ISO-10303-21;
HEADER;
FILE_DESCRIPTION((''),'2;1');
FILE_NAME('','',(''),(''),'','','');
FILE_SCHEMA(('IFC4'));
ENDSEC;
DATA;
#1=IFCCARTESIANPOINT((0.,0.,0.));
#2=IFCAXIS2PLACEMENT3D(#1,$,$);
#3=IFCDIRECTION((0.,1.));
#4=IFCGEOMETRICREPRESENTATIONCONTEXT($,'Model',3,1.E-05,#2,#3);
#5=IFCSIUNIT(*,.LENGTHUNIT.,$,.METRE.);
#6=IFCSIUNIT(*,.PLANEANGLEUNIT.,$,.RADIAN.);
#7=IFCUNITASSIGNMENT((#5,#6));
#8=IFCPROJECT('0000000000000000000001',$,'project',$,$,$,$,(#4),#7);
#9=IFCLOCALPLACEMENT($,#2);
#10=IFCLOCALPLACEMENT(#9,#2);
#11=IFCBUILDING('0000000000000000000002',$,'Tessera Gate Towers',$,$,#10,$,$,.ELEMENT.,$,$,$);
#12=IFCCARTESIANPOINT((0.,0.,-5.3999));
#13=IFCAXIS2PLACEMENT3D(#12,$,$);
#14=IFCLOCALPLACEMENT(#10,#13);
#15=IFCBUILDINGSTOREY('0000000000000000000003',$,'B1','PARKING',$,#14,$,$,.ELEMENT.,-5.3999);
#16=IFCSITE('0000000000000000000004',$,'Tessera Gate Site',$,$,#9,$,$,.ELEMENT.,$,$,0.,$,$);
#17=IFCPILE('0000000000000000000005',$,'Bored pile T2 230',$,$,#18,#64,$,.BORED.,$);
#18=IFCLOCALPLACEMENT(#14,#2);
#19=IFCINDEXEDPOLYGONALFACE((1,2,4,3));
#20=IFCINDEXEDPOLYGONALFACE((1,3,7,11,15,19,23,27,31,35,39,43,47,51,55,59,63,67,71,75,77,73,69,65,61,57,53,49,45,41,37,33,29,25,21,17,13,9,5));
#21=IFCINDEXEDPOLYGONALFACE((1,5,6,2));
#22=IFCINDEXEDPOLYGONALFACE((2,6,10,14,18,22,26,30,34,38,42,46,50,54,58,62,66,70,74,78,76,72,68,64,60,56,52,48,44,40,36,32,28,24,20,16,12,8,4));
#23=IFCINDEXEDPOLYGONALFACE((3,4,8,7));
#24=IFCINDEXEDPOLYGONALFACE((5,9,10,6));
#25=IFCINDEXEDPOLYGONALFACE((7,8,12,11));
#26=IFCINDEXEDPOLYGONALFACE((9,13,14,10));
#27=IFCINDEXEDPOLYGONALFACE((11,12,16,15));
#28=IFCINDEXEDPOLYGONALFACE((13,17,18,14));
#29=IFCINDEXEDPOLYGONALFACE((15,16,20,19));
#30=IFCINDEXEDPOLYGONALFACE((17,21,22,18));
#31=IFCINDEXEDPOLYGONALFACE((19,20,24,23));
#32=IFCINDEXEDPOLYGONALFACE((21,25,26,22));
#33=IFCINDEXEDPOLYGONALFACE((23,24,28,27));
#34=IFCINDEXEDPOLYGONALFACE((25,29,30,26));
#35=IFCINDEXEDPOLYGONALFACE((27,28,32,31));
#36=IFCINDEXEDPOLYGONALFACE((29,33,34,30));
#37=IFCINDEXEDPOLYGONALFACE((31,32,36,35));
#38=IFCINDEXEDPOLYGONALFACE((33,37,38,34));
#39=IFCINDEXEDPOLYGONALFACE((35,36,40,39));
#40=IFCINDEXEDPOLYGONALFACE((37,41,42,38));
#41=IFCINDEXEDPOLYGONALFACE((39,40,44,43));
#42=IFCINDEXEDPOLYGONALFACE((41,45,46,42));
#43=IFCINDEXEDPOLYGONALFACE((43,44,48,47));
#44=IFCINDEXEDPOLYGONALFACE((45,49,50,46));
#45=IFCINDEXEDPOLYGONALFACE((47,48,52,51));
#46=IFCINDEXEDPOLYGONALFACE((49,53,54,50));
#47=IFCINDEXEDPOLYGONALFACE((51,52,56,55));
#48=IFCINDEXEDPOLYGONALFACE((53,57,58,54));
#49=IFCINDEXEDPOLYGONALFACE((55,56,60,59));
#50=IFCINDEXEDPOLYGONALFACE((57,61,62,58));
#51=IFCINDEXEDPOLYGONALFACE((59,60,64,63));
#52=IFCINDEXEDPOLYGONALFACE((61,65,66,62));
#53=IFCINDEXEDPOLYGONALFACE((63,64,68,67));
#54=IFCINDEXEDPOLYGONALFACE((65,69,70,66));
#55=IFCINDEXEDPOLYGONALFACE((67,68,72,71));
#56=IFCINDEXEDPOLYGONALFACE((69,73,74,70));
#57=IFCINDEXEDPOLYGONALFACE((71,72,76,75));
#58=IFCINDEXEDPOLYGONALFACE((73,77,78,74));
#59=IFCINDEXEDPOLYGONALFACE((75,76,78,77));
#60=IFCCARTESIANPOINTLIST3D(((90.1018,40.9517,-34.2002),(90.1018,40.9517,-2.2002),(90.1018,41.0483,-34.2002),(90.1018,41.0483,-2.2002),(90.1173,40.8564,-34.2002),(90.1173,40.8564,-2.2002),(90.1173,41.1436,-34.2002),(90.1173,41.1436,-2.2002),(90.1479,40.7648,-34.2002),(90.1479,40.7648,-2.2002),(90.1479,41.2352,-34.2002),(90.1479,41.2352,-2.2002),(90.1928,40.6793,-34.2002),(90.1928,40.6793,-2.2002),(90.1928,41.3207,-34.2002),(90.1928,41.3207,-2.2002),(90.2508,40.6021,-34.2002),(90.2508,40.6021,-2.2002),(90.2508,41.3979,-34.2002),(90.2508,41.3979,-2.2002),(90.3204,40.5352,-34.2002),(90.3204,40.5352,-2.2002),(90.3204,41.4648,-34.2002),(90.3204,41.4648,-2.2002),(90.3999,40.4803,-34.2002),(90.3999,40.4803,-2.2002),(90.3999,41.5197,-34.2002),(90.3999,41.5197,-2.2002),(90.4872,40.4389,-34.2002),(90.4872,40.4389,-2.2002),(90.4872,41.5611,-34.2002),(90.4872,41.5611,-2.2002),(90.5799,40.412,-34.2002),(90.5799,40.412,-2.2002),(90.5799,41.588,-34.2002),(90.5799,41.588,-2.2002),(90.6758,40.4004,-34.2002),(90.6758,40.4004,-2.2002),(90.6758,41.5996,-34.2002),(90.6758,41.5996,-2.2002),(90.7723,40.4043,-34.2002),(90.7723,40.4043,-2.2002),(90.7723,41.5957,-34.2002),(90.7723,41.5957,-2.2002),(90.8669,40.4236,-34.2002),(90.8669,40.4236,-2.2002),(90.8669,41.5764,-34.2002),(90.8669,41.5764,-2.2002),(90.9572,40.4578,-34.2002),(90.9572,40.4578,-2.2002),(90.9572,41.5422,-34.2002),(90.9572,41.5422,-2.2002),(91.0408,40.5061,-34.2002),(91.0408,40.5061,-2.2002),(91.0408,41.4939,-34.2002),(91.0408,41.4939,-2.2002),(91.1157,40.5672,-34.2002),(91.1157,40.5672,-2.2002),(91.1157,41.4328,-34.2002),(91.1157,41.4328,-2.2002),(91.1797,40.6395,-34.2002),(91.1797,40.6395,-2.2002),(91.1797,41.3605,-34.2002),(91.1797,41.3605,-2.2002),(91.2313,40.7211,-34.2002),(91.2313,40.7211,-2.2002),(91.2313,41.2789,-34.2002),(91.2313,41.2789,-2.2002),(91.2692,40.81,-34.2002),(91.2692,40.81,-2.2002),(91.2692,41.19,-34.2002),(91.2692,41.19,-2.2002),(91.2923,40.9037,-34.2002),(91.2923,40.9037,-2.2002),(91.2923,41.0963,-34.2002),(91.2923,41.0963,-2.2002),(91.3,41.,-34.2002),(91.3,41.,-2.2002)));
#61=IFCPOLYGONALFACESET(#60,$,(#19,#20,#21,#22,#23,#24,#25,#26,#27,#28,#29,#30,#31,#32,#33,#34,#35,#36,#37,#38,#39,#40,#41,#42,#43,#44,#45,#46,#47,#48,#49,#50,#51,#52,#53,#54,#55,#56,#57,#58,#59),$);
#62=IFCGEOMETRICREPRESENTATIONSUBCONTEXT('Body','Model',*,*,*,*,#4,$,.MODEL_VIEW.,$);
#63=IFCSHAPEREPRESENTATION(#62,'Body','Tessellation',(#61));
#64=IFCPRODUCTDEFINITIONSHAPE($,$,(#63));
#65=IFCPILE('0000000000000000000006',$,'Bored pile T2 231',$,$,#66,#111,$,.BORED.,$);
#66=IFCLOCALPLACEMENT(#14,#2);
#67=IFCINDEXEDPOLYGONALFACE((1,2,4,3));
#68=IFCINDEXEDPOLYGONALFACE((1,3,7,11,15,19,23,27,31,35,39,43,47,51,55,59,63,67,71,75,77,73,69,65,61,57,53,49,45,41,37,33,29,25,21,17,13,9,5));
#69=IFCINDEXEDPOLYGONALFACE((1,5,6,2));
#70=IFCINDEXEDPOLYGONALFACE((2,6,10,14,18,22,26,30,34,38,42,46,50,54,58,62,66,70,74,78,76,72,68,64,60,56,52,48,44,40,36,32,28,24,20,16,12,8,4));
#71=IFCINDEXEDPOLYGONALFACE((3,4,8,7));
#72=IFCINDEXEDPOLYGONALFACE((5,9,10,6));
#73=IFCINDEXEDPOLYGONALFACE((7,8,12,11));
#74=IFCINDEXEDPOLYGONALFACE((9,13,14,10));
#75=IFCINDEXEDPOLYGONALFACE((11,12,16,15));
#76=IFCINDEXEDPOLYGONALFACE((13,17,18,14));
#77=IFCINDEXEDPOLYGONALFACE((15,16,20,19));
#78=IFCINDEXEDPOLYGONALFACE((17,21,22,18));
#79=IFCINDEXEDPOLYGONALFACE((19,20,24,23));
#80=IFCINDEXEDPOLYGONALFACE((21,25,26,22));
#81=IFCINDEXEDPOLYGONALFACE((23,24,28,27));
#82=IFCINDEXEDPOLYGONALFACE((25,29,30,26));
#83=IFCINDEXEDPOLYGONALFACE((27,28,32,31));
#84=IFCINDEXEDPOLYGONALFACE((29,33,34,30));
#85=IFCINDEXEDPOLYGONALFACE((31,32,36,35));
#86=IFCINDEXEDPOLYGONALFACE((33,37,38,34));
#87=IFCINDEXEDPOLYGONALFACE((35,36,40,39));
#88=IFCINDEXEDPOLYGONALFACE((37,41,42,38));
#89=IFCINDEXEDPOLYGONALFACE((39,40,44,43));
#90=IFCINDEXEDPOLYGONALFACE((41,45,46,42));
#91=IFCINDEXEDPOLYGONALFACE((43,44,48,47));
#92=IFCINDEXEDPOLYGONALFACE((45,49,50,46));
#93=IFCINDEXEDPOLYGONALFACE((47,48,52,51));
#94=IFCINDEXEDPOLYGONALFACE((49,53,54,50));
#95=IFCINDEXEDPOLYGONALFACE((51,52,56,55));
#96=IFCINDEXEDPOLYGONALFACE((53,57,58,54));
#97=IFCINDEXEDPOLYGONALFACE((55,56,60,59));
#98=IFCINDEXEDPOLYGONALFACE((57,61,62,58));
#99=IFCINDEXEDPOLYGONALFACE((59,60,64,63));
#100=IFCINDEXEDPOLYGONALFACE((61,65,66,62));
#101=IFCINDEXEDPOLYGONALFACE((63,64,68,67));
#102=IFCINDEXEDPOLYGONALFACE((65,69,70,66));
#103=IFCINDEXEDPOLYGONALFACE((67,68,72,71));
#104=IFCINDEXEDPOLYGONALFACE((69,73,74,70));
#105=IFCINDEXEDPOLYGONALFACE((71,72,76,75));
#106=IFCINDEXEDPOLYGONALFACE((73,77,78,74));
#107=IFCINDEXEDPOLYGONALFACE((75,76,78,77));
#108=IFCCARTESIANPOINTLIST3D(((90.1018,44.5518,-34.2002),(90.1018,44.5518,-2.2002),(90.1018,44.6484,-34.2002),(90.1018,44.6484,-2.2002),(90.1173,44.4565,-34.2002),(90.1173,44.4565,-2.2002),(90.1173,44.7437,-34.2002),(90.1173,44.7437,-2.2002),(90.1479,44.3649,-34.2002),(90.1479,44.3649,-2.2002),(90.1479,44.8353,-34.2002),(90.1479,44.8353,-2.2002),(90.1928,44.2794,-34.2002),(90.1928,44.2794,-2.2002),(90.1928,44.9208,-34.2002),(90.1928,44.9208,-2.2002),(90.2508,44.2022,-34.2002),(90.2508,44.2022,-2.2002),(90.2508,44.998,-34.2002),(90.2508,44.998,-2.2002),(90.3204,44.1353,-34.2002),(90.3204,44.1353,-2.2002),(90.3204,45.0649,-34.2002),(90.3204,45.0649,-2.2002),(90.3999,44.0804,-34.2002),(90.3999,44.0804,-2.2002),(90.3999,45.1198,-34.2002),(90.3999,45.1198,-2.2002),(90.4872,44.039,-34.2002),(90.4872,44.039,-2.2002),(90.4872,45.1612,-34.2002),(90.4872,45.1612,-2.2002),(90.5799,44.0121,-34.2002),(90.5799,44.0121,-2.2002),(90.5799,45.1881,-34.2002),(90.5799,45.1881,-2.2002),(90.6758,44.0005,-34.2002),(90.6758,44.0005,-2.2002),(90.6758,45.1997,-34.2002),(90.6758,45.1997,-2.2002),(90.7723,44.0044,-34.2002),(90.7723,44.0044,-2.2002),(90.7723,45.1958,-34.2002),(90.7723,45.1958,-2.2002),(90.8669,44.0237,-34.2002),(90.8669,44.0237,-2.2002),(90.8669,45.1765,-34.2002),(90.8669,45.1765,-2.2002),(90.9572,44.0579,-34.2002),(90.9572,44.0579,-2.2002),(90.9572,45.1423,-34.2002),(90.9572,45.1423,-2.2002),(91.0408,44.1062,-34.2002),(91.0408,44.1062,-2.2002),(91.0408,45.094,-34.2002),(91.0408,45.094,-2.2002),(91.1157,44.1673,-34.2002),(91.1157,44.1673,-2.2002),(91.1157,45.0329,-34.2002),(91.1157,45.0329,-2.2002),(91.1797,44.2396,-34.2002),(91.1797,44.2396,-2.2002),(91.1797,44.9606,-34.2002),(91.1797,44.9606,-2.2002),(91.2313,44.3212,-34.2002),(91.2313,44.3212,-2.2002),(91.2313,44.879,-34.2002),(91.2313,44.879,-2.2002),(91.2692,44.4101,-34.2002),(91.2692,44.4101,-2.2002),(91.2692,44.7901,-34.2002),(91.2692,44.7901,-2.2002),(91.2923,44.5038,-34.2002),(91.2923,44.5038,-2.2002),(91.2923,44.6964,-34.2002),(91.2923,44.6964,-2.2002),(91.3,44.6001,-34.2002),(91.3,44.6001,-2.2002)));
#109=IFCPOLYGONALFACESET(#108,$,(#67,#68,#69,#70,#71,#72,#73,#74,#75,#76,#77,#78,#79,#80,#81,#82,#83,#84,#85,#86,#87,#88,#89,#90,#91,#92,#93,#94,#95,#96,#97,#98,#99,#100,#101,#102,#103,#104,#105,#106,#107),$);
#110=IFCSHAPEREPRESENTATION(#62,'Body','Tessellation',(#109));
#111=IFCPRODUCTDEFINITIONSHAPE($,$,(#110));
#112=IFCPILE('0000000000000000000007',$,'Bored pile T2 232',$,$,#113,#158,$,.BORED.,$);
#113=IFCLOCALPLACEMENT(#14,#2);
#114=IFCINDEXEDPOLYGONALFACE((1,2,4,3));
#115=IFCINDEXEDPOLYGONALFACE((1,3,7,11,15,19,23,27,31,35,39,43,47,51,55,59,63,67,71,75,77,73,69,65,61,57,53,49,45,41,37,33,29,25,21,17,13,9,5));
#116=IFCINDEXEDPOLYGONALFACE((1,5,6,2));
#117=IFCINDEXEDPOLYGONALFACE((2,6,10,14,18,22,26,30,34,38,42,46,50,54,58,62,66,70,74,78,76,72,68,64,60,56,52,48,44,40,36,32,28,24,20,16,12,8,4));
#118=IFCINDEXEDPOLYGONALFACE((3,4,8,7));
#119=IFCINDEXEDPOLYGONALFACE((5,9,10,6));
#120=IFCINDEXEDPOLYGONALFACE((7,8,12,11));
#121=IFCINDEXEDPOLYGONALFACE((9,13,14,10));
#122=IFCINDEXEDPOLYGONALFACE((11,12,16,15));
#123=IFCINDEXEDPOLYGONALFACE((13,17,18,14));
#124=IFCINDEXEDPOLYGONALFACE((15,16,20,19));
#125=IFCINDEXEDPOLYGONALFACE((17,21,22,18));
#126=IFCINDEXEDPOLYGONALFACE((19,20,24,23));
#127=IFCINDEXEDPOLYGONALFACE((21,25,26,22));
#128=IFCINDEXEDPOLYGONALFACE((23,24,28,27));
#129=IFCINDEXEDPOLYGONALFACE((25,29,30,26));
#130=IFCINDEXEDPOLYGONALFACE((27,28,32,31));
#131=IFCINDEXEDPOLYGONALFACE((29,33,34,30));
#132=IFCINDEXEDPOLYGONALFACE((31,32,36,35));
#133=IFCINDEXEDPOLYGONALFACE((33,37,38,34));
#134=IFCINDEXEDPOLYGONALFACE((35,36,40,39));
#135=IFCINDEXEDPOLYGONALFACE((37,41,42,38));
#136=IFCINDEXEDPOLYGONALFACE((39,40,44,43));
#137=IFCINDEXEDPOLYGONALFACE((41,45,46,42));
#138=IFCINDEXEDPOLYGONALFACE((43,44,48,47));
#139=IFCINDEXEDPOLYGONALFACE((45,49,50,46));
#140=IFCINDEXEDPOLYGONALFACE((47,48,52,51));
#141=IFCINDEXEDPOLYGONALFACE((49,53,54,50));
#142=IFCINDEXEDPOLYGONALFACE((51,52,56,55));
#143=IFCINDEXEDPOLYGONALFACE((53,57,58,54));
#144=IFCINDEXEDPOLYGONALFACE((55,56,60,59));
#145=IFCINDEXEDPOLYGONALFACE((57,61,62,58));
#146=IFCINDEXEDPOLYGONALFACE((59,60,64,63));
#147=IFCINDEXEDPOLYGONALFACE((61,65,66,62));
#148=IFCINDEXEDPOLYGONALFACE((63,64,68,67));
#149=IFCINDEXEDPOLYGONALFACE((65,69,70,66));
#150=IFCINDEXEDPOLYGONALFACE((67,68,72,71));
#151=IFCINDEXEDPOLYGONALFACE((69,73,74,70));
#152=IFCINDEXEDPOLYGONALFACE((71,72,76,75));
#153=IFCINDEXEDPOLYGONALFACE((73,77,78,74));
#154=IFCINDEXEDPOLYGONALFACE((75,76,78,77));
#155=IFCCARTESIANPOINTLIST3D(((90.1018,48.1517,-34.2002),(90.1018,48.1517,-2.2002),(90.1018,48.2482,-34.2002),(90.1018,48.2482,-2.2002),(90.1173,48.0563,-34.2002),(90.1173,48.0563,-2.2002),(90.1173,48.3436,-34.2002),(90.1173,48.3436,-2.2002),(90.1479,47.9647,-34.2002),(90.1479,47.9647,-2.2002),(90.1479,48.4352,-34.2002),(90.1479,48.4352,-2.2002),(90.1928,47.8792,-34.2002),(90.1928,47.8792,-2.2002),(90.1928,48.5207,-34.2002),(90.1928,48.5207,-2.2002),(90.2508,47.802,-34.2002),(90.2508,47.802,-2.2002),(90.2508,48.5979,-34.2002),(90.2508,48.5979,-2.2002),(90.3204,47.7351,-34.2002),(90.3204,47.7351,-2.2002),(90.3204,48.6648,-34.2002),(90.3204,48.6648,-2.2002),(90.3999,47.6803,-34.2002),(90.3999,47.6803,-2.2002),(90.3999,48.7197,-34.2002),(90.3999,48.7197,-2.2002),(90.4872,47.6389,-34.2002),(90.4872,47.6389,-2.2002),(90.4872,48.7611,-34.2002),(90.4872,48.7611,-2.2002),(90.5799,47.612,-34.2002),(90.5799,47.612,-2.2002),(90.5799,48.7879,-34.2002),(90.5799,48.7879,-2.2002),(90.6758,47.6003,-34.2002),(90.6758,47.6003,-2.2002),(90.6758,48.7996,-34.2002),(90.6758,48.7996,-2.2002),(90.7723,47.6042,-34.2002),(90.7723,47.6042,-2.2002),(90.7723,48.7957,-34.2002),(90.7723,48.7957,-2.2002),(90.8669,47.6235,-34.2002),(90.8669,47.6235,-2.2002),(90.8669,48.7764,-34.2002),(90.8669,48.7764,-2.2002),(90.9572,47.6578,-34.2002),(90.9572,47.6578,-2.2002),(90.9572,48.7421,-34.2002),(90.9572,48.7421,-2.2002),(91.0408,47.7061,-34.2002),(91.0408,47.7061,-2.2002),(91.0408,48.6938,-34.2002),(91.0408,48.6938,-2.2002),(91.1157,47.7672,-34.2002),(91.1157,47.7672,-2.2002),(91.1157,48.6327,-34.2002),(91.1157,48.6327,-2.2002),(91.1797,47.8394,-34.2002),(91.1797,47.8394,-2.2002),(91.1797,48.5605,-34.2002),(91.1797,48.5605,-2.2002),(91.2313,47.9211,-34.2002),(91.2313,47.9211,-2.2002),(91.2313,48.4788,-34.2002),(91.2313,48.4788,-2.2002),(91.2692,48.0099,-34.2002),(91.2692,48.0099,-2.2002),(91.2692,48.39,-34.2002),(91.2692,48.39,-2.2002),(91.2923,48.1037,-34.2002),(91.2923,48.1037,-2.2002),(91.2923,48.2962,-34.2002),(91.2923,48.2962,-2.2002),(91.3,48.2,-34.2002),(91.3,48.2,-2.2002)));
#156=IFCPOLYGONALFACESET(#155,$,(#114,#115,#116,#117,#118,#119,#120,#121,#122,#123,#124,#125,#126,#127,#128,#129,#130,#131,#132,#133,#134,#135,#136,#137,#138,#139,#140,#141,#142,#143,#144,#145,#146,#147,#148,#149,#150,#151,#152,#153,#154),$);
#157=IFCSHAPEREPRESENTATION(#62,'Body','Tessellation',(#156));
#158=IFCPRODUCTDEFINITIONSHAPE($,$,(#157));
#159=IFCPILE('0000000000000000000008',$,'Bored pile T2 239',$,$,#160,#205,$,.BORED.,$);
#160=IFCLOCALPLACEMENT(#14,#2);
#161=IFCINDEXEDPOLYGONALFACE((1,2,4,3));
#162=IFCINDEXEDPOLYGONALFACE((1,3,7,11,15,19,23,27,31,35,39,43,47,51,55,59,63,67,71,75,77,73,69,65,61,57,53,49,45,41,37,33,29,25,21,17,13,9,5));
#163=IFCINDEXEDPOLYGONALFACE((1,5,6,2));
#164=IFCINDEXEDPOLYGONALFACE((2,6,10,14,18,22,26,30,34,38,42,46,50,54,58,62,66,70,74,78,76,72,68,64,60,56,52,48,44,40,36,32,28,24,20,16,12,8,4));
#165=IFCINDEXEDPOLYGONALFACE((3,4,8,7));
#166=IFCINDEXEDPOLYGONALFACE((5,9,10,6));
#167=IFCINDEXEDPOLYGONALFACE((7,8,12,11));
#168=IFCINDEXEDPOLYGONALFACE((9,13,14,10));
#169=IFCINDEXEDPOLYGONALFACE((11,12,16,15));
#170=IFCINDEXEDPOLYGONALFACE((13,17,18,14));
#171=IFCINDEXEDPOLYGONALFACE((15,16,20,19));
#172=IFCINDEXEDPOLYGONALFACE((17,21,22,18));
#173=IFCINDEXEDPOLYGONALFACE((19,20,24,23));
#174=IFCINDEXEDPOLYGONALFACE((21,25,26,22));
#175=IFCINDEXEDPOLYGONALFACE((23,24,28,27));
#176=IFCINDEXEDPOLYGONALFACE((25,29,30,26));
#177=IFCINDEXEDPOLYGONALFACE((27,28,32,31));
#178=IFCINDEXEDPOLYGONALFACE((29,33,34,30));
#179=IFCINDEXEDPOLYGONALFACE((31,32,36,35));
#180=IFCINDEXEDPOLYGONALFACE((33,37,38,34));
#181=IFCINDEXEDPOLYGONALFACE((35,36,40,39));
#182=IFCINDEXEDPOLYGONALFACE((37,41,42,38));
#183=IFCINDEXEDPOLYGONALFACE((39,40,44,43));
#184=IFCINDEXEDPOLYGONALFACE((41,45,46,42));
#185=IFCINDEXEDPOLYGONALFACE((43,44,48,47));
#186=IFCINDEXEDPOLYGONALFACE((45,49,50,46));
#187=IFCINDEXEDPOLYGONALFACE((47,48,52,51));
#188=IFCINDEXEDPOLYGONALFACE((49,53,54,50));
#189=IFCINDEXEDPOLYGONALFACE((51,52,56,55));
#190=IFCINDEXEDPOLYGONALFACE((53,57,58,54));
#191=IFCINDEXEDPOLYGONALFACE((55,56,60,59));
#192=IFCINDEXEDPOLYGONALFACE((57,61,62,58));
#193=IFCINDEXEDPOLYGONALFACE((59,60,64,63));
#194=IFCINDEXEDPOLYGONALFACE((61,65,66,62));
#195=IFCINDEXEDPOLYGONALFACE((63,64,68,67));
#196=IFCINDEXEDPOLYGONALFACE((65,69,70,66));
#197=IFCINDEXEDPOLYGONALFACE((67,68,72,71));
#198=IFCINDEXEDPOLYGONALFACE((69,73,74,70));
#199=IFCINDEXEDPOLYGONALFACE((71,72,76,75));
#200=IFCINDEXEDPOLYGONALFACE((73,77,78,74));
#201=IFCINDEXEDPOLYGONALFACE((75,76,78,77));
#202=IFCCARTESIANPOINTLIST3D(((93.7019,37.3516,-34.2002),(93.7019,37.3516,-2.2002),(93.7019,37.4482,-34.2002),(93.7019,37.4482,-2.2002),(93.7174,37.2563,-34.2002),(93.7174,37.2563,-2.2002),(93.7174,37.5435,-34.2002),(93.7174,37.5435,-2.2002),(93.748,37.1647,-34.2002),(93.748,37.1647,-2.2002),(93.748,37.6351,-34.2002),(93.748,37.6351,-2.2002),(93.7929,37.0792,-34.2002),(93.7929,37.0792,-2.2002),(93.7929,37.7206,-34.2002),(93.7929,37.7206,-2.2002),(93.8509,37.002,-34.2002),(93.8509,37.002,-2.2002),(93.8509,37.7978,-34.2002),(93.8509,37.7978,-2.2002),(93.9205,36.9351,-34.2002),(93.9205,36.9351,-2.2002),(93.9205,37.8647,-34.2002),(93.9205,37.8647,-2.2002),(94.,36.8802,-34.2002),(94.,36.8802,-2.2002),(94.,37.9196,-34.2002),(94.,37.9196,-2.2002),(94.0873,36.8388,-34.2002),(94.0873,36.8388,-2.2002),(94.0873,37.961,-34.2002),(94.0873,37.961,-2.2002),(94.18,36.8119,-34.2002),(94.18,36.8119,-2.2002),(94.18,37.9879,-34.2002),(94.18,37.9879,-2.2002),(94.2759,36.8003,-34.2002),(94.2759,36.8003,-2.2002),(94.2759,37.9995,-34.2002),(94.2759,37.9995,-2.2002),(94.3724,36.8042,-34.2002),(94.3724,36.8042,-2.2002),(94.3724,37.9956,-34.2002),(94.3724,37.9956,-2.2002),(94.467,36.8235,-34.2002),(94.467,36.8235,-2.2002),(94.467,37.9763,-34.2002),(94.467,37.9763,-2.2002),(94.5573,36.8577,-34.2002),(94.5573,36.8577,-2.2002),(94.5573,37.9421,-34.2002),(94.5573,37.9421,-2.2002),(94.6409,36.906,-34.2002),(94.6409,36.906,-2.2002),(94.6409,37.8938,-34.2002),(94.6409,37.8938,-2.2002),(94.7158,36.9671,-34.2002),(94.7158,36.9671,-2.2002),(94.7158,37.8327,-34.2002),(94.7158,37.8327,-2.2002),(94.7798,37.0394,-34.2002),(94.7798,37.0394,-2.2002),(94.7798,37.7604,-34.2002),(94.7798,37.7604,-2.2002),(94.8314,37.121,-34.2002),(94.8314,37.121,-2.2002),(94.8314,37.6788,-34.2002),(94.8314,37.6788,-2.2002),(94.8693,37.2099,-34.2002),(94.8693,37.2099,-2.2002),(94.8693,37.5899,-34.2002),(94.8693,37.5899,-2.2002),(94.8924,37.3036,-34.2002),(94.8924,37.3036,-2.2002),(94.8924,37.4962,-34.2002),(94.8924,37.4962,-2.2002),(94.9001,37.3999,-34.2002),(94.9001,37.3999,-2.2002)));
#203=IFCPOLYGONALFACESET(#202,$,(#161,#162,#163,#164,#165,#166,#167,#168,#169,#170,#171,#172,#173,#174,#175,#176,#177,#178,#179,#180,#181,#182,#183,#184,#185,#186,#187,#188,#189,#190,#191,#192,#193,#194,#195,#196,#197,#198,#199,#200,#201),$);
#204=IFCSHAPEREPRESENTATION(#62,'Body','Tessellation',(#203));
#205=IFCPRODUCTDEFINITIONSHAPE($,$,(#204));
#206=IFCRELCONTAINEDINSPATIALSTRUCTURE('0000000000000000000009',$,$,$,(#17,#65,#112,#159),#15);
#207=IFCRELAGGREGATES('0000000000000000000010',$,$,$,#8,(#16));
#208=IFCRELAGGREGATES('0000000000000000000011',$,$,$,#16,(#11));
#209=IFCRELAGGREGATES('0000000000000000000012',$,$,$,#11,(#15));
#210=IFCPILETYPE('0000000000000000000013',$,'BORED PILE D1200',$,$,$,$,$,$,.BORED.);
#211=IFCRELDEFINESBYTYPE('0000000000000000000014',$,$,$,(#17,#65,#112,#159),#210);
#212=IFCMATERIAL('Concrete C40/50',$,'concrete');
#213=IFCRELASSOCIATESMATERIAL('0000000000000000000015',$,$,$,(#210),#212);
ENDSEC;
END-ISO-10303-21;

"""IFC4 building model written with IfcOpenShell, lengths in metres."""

from ifc_helpers import new_model, si_unit, direction, frame, origin, origin_2d, place, context, subcontext, project, spatial, circle, extrude, material, material_profile, profile_set, type_object, element, save


model = new_model("IFC4")

# Units and contexts
model_context = context("Model", 3, precision=1e-05, world=origin(), true_north=direction((0.0, 1.0)))
body_context = subcontext(model_context, "Body", "Model", "MODEL_VIEW")
ifc_project = project(units=[si_unit("LENGTHUNIT", "METRE"), si_unit("PLANEANGLEUNIT", "RADIAN")], contexts=[model_context])

# Site, building, storey
site_placement = place(None, origin())
site = spatial("IfcSite", under=ifc_project, at=site_placement, Name="Tessera Gate Site", CompositionType="ELEMENT", RefElevation=0.0)
building_placement = place(site_placement, origin())
building = spatial("IfcBuilding", under=site, at=building_placement, Name="Tessera Gate Towers", CompositionType="ELEMENT")
storey_placement = place(building_placement, frame((0.0, 0.0, -5.3999)))
storey = spatial("IfcBuildingStorey", under=building, at=storey_placement, Name="B1", Description="PARKING", CompositionType="ELEMENT", Elevation=-5.3999)

# Piles
ifc_material_1 = material(Name="Concrete C40/50", Category="concrete")
ifc_material_profile_1 = material_profile(ifc_material_1, circle(Radius=0.6001, at=origin_2d()), Name="BORED PILE D1200")
ifc_profile_set_1 = profile_set([ifc_material_profile_1], Name="Concrete C40/50")
pile_type = type_object("IfcPileType", Name="BORED PILE D1200", PredefinedType="BORED", material=ifc_profile_set_1)
for number, where, z_axis, x_axis, name in (
    (1, (90.7, 41.0, -2.2002), (0.0, 0.0, -1.0), (1.0, 0.0, 0.0), "Bored pile T2 230"),
    (2, (90.7, 44.6001, -2.2002), (0.0, 0.0, -1.0), (1.0, 0.0, 0.0), "Bored pile T2 231"),
    (3, (90.7, 48.2, -2.2002), (0.0, 0.0, -1.0), (1.0, 0.0, 0.0), "Bored pile T2 232"),
    (4, (94.3, 37.3999, -2.2002), (0.0, 0.0, -1.0), (1.0, 0.0, 0.0), "Bored pile T2 239"),
):
    element("IfcPile", number, at=place(storey_placement, frame(where, z_axis=z_axis, x_axis=x_axis)), inside=storey, type_object=pile_type, Name=name, PredefinedType="BORED", context=body_context, shape_type="SweptSolid", body=[
        extrude(circle(Radius=0.6001, at=origin_2d()), origin(), (0.0, 0.0, 1.0), 32.0),
    ])

save(model, "model.ifc")
